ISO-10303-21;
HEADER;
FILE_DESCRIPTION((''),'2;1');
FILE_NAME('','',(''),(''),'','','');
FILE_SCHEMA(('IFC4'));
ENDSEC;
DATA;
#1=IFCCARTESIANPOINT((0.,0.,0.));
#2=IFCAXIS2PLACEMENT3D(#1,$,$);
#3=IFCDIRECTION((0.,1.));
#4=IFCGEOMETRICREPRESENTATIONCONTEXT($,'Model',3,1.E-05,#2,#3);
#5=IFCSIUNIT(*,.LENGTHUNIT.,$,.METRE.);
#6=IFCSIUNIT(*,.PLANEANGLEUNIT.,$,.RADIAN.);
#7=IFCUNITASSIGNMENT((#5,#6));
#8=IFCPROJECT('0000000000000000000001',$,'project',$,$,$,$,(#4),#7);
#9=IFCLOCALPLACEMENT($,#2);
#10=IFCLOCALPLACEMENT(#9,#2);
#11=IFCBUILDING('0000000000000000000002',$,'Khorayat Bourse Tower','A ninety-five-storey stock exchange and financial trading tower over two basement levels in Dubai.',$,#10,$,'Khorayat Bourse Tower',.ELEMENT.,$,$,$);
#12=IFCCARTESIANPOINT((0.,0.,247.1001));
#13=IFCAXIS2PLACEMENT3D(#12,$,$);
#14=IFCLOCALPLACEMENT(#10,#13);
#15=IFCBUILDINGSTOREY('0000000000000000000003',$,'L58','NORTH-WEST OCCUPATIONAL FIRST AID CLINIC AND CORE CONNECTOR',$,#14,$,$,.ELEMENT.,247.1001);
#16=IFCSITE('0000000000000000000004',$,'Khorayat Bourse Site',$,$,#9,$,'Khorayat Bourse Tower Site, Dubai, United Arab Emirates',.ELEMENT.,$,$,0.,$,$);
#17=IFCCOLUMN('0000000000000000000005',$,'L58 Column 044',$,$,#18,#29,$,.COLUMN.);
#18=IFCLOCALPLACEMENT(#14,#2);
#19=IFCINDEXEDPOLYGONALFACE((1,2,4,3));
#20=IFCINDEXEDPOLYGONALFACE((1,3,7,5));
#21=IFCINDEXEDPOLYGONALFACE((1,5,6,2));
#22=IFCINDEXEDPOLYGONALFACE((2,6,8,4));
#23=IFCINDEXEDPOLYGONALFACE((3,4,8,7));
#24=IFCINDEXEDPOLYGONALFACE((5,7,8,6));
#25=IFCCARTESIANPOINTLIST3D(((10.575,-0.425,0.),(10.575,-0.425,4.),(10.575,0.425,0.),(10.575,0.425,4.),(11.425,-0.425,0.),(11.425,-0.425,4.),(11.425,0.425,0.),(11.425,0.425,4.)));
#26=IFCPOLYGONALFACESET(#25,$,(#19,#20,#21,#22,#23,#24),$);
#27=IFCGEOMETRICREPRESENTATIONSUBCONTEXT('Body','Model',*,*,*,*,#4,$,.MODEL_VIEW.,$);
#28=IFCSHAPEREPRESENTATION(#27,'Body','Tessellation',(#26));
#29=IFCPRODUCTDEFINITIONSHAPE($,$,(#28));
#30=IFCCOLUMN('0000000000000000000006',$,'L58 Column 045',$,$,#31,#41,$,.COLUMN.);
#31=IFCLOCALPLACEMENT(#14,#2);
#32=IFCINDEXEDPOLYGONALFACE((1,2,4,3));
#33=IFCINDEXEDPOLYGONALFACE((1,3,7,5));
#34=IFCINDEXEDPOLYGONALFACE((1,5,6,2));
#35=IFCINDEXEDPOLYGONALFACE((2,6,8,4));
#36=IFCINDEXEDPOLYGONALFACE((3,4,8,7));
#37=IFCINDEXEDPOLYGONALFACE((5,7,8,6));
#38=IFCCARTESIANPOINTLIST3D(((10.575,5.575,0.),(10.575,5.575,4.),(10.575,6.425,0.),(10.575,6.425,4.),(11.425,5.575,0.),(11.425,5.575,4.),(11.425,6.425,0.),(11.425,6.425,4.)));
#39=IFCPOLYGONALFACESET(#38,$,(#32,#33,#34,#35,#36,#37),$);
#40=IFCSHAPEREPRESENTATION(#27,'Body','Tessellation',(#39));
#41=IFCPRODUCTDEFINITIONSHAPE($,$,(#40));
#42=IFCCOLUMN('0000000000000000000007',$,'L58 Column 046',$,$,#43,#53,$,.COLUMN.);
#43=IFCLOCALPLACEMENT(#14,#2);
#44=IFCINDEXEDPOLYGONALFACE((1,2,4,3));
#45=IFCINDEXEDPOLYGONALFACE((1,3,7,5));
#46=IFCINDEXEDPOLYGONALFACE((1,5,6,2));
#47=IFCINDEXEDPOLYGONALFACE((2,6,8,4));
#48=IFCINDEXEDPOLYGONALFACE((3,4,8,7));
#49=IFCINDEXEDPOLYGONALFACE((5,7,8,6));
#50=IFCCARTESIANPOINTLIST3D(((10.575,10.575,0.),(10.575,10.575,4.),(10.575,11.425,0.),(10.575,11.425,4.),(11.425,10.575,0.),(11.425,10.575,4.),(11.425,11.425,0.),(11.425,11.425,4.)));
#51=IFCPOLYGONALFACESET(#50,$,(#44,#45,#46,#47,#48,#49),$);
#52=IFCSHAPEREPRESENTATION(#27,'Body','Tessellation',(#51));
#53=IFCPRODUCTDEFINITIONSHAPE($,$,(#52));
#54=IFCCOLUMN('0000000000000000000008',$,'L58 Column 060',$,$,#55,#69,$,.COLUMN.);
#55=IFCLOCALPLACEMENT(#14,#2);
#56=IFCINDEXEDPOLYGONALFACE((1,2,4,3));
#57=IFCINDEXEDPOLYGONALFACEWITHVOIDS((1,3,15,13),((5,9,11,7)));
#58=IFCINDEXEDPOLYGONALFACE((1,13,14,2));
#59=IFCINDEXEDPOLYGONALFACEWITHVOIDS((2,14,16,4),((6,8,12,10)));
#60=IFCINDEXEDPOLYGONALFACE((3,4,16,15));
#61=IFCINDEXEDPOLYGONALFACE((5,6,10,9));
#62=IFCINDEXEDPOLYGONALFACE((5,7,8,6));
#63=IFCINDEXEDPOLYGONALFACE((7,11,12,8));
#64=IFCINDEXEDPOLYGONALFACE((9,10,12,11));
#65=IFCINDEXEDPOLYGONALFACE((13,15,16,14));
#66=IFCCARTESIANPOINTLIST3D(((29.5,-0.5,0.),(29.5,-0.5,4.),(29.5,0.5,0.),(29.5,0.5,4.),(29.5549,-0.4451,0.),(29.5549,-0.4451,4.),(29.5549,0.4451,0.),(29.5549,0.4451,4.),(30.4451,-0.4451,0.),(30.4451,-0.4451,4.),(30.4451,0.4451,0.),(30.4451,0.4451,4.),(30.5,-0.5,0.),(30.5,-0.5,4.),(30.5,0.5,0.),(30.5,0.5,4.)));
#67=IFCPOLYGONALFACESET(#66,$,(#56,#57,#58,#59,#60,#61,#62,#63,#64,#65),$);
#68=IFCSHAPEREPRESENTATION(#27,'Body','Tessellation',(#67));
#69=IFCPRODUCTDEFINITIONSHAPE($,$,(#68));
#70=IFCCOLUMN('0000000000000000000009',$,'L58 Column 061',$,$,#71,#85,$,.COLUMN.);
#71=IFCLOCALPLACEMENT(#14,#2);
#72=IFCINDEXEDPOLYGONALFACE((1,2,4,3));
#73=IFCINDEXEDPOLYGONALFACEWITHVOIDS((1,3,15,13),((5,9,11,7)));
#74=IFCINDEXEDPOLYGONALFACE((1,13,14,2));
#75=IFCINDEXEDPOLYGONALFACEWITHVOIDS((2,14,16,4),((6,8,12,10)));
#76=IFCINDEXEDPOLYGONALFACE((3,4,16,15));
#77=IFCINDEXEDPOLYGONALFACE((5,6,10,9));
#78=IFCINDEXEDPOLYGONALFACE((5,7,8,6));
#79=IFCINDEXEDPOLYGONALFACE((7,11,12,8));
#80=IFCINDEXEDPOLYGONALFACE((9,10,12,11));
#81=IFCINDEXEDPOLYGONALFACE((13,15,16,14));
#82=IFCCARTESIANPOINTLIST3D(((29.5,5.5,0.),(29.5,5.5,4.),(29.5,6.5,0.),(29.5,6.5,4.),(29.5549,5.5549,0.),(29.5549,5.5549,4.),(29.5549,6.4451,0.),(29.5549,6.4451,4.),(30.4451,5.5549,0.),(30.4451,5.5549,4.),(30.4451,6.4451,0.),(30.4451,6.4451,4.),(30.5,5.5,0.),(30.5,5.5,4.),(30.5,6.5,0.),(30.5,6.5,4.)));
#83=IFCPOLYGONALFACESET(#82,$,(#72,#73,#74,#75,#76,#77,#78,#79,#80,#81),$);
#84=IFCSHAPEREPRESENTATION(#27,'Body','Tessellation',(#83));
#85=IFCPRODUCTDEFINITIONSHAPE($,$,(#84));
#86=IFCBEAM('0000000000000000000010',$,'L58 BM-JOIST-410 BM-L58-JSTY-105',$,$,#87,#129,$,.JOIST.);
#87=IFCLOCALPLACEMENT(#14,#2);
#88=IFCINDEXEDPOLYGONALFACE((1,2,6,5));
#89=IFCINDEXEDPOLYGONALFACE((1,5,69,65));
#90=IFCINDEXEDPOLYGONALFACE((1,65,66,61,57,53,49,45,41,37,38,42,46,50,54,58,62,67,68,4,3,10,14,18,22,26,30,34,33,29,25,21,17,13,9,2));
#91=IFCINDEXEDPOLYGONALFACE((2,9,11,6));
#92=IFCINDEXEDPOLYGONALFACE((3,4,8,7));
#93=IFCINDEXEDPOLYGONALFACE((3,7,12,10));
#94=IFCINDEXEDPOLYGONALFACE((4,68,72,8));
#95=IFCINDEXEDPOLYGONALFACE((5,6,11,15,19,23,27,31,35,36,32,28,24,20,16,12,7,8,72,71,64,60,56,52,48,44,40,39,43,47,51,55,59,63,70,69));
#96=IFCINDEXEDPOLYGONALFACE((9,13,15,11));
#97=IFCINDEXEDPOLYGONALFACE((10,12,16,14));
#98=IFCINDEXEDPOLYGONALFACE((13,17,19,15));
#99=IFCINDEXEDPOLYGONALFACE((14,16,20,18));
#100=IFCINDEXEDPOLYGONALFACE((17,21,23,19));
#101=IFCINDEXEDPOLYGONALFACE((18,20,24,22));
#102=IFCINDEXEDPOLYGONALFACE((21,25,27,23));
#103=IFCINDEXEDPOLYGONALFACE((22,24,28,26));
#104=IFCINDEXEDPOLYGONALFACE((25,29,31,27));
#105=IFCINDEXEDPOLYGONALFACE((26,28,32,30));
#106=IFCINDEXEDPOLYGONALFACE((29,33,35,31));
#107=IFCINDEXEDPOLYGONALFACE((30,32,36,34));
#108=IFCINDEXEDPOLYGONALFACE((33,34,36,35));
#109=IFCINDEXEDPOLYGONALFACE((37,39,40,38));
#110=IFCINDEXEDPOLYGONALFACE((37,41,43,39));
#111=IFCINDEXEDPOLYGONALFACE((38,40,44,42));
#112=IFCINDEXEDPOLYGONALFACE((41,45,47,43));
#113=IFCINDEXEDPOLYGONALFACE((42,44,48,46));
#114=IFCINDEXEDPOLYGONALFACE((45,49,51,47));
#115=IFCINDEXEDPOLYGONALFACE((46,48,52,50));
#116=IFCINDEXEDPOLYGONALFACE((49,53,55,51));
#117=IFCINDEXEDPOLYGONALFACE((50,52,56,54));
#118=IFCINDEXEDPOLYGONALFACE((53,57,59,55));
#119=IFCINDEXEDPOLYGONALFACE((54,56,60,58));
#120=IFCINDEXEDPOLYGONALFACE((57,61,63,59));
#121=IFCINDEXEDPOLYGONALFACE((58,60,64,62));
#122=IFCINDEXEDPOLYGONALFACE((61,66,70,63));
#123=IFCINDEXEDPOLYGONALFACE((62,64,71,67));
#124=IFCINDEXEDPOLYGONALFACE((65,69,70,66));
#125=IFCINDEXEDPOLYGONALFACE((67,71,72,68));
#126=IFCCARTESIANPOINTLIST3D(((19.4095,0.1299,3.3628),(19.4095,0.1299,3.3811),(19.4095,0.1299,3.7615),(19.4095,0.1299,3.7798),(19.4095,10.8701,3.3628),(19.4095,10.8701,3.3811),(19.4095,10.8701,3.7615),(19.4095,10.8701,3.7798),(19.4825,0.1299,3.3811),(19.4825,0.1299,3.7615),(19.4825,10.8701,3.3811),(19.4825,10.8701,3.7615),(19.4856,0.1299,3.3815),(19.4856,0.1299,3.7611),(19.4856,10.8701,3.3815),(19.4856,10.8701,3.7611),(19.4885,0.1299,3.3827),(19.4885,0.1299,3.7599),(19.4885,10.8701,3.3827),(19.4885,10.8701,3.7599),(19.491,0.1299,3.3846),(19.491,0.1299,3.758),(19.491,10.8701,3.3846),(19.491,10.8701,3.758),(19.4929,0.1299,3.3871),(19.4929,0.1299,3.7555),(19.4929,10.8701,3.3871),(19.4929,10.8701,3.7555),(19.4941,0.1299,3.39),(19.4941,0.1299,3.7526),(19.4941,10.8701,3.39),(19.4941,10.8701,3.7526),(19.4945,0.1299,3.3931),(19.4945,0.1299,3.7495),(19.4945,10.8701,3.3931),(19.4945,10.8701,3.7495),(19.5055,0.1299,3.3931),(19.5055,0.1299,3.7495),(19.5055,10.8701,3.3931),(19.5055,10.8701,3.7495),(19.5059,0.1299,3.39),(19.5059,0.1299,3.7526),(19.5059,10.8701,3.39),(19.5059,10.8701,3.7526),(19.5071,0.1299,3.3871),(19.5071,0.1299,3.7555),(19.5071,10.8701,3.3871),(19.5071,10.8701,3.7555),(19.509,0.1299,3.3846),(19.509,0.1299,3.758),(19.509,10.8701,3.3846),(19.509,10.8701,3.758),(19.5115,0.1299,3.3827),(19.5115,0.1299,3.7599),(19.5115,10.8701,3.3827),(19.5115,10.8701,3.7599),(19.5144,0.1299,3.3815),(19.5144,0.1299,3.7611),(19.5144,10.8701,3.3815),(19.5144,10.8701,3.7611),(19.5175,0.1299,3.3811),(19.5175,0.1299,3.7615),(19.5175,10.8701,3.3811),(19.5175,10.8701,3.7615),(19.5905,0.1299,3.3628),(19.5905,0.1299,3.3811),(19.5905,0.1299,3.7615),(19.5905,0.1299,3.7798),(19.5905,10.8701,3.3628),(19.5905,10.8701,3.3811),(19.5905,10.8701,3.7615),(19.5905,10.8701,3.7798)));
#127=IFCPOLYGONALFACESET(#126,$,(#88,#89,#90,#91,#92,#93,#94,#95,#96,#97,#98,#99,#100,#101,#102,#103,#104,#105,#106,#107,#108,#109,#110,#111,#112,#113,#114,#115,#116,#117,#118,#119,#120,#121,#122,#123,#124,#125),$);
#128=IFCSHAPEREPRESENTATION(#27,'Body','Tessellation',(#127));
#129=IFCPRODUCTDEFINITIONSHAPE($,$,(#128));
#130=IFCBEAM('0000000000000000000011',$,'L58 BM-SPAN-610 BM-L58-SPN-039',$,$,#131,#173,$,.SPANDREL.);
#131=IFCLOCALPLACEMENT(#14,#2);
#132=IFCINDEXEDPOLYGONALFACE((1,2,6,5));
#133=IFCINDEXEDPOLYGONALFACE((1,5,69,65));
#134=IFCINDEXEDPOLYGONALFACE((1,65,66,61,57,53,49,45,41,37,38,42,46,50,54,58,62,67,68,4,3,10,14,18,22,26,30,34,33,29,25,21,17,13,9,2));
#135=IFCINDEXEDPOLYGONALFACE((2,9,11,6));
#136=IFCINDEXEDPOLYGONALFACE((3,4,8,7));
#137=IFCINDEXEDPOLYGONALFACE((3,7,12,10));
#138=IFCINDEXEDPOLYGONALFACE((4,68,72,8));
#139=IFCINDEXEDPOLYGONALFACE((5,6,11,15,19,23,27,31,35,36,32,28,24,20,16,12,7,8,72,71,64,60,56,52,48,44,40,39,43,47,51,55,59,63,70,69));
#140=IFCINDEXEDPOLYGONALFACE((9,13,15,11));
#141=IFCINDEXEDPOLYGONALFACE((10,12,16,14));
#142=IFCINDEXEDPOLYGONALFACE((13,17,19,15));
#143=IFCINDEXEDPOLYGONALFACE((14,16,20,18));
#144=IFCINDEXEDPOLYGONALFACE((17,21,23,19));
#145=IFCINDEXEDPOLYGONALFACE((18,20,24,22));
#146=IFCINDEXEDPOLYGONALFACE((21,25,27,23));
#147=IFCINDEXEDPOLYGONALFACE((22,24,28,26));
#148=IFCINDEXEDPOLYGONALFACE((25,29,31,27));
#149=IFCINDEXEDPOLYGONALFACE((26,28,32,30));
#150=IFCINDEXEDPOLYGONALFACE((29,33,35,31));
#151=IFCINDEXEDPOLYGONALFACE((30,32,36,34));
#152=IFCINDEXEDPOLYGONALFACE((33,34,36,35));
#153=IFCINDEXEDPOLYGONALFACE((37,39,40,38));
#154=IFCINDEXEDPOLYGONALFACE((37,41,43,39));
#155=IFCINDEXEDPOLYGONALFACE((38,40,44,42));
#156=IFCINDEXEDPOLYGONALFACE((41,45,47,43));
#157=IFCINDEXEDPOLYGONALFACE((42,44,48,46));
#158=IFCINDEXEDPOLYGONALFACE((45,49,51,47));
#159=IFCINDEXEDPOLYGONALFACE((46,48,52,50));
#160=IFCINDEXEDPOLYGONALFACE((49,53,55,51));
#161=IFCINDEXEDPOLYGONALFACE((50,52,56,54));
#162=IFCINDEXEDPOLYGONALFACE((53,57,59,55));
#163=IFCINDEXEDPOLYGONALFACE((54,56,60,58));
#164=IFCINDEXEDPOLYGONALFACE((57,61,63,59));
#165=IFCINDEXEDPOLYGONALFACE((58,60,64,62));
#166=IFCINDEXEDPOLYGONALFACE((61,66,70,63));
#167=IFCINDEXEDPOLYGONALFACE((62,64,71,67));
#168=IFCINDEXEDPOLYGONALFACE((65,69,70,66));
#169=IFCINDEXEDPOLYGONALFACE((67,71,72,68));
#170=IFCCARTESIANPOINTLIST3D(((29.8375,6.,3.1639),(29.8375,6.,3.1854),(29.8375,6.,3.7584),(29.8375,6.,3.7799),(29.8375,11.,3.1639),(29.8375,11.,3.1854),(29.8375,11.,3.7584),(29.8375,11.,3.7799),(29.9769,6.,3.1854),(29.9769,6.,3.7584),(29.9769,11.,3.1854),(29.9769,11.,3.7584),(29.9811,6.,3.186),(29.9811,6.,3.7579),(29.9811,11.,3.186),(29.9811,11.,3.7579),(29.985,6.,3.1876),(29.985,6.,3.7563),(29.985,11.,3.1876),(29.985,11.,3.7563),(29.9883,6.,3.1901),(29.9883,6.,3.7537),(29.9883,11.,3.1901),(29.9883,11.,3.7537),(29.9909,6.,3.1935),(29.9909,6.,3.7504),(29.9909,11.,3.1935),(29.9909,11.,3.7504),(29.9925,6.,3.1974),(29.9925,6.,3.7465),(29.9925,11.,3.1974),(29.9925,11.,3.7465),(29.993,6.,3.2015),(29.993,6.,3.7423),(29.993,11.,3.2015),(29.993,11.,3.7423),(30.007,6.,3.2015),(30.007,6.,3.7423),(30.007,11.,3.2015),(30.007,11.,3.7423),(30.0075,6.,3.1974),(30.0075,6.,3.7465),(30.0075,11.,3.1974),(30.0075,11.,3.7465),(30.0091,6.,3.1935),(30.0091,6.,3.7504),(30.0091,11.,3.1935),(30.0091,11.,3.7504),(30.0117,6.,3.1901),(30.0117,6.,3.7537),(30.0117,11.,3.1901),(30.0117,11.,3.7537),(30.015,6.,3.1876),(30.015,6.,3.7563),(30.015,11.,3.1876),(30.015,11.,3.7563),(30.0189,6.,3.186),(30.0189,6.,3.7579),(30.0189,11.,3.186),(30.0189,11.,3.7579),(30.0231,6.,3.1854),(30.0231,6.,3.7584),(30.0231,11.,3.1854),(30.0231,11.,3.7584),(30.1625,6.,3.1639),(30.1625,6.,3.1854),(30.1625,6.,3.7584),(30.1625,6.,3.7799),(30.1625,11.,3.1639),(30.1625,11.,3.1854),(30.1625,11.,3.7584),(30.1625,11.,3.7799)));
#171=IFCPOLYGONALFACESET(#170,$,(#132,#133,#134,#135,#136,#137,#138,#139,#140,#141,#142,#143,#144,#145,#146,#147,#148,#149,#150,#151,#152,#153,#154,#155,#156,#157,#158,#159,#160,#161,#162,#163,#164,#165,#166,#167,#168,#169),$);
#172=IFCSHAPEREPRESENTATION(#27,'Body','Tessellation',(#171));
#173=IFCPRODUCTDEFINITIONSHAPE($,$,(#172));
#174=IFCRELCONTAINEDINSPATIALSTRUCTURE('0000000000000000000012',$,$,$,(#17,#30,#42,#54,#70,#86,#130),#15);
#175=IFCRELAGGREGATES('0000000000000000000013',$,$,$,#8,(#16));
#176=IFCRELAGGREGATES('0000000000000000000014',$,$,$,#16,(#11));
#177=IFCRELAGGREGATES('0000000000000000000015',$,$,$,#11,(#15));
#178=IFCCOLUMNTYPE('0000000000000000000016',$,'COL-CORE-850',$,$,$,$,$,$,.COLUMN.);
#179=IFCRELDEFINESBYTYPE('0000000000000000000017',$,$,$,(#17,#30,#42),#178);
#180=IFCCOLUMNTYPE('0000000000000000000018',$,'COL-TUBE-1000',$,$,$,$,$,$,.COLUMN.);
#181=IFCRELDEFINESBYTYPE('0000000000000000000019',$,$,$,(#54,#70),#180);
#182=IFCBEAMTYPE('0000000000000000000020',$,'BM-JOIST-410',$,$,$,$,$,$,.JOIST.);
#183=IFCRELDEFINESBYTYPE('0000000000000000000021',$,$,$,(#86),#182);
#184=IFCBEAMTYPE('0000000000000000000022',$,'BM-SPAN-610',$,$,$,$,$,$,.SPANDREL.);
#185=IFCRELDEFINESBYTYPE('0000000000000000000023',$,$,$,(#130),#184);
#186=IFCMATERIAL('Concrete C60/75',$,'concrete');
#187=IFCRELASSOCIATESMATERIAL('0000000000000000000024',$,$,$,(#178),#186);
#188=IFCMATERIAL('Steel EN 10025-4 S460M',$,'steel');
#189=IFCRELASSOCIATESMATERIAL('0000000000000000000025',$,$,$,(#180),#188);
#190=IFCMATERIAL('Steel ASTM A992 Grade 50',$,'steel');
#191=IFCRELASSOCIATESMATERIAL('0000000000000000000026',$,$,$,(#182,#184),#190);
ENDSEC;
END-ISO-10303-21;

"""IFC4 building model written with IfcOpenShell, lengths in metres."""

from ifc_helpers import new_model, si_unit, direction, frame, origin, origin_2d, place, context, subcontext, project, spatial, rectangle, hollow_rectangle, i_section, extrude, source, transform, mapped, material, material_profile, profile_set, type_object, element, save


model = new_model("IFC4")

# Units and contexts
model_context = context("Model", 3, precision=1e-05, world=origin(), true_north=direction((0.0, 1.0)))
body_context = subcontext(model_context, "Body", "Model", "MODEL_VIEW")
ifc_project = project(units=[si_unit("LENGTHUNIT", "METRE"), si_unit("PLANEANGLEUNIT", "RADIAN")], contexts=[model_context])

# Site, building, storey
site_placement = place(None, origin())
site = spatial("IfcSite", under=ifc_project, at=site_placement, Name="Khorayat Bourse Site", LongName="Khorayat Bourse Tower Site, Dubai, United Arab Emirates", CompositionType="ELEMENT", RefElevation=0.0)
building_placement = place(site_placement, origin())
building = spatial("IfcBuilding", under=site, at=building_placement, Name="Khorayat Bourse Tower", Description="A ninety-five-storey stock exchange and financial trading tower over two basement levels in Dubai.", LongName="Khorayat Bourse Tower", CompositionType="ELEMENT")
storey_placement = place(building_placement, frame((0.0, 0.0, 247.1001)))
storey = spatial("IfcBuildingStorey", under=building, at=storey_placement, Name="L58", Description="NORTH-WEST OCCUPATIONAL FIRST AID CLINIC AND CORE CONNECTOR", CompositionType="ELEMENT", Elevation=247.1001)

# Columns
ifc_material_1 = material(Name="Concrete C60/75", Category="concrete")
ifc_material_profile_1 = material_profile(ifc_material_1, rectangle(XDim=0.8501, YDim=0.8501, at=origin_2d()), Name="RC 850x850")
ifc_profile_set_1 = profile_set([ifc_material_profile_1], Name="Concrete C60/75")
column_type_1 = type_object("IfcColumnType", Name="COL-CORE-850", PredefinedType="COLUMN", material=ifc_profile_set_1)
shared_shape_1 = source(origin(), body_context, "Body", "SweptSolid", [
    extrude(rectangle(XDim=0.8501, YDim=0.8501, at=origin_2d()), origin(), (0.0, 0.0, 1.0), 4.0),
])
for number, where, z_axis, x_axis, name in (
    (1, (11.0, 0.0, 0.0), (0.0, 0.0, 1.0), (1.0, 0.0, 0.0), "L58 Column 044"),
    (2, (11.0, 6.0, 0.0), (0.0, 0.0, 1.0), (1.0, 0.0, 0.0), "L58 Column 045"),
    (3, (11.0, 11.0, 0.0), (0.0, 0.0, 1.0), (1.0, 0.0, 0.0), "L58 Column 046"),
):
    element("IfcColumn", number, at=place(storey_placement, frame(where, z_axis=z_axis, x_axis=x_axis)), inside=storey, type_object=column_type_1, Name=name, PredefinedType="COLUMN", context=body_context, shape_type="MappedRepresentation", body=[
        mapped(shared_shape_1, transform((0.0, 0.0, 0.0), scale=1.0)),
    ])
ifc_material_2 = material(Name="Steel EN 10025-4 S460M", Category="steel")
ifc_material_profile_2 = material_profile(ifc_material_2, hollow_rectangle(XDim=1.0, YDim=1.0, WallThickness=0.0549, at=origin_2d()), Name="BOX 1000x1000x55")
ifc_profile_set_2 = profile_set([ifc_material_profile_2], Name="Steel EN 10025-4 S460M")
column_type_2 = type_object("IfcColumnType", Name="COL-TUBE-1000", PredefinedType="COLUMN", material=ifc_profile_set_2)
shared_shape_2 = source(origin(), body_context, "Body", "SweptSolid", [
    extrude(hollow_rectangle(XDim=1.0, YDim=1.0, WallThickness=0.0549, at=origin_2d()), origin(), (0.0, 0.0, 1.0), 4.0),
])
for number, where, z_axis, x_axis, name in (
    (4, (30.0, 0.0, 0.0), (0.0, 0.0, 1.0), (1.0, 0.0, 0.0), "L58 Column 060"),
    (5, (30.0, 6.0, 0.0), (0.0, 0.0, 1.0), (1.0, 0.0, 0.0), "L58 Column 061"),
):
    element("IfcColumn", number, at=place(storey_placement, frame(where, z_axis=z_axis, x_axis=x_axis)), inside=storey, type_object=column_type_2, Name=name, PredefinedType="COLUMN", context=body_context, shape_type="MappedRepresentation", body=[
        mapped(shared_shape_2, transform((0.0, 0.0, 0.0), scale=1.0)),
    ])

# Beams
ifc_material_3 = material(Name="Steel ASTM A992 Grade 50", Category="steel")
ifc_material_profile_3 = material_profile(ifc_material_3, i_section(OverallWidth=0.1809, OverallDepth=0.417, WebThickness=0.011, FlangeThickness=0.0183, FilletRadius=0.012, at=origin_2d()), Name="W410X85")
ifc_profile_set_3 = profile_set([ifc_material_profile_3], Name="Steel ASTM A992 Grade 50")
beam_type_1 = type_object("IfcBeamType", Name="BM-JOIST-410", PredefinedType="JOIST", material=ifc_profile_set_3)
shared_shape_3 = source(origin(), body_context, "Body", "SweptSolid", [
    extrude(i_section(OverallWidth=0.1809, OverallDepth=0.417, WebThickness=0.011, FlangeThickness=0.0183, FilletRadius=0.012, at=origin_2d()), origin(), (0.0, 0.0, 1.0), 10.7402),
])
beam_1_placement = place(storey_placement, frame((19.5, 0.1299, 3.5713), z_axis=(0.0, 1.0, 0.0), x_axis=(-1.0, 0.0, 0.0)))
element("IfcBeam", 6, at=beam_1_placement, inside=storey, type_object=beam_type_1, Name="L58 BM-JOIST-410 BM-L58-JSTY-105", PredefinedType="JOIST", context=body_context, shape_type="MappedRepresentation", body=[
    mapped(shared_shape_3, transform((0.0, 0.0, 0.0), scale=1.0)),
])
ifc_material_profile_4 = material_profile(ifc_material_3, i_section(OverallWidth=0.325, OverallDepth=0.616, WebThickness=0.0139, FlangeThickness=0.0215, FilletRadius=0.0161, at=origin_2d()), Name="W610X174")
ifc_profile_set_4 = profile_set([ifc_material_profile_4], Name="Steel ASTM A992 Grade 50")
beam_type_2 = type_object("IfcBeamType", Name="BM-SPAN-610", PredefinedType="SPANDREL", material=ifc_profile_set_4)
shared_shape_4 = source(origin(), body_context, "Body", "SweptSolid", [
    extrude(i_section(OverallWidth=0.325, OverallDepth=0.616, WebThickness=0.0139, FlangeThickness=0.0215, FilletRadius=0.0161, at=origin_2d()), origin(), (0.0, 0.0, 1.0), 5.0),
])
beam_2_placement = place(storey_placement, frame((30.0, 6.0, 3.4719), z_axis=(0.0, 1.0, 0.0), x_axis=(-1.0, 0.0, 0.0)))
element("IfcBeam", 7, at=beam_2_placement, inside=storey, type_object=beam_type_2, Name="L58 BM-SPAN-610 BM-L58-SPN-039", PredefinedType="SPANDREL", context=body_context, shape_type="MappedRepresentation", body=[
    mapped(shared_shape_4, transform((0.0, 0.0, 0.0), scale=1.0)),
])

save(model, "model.ifc")
